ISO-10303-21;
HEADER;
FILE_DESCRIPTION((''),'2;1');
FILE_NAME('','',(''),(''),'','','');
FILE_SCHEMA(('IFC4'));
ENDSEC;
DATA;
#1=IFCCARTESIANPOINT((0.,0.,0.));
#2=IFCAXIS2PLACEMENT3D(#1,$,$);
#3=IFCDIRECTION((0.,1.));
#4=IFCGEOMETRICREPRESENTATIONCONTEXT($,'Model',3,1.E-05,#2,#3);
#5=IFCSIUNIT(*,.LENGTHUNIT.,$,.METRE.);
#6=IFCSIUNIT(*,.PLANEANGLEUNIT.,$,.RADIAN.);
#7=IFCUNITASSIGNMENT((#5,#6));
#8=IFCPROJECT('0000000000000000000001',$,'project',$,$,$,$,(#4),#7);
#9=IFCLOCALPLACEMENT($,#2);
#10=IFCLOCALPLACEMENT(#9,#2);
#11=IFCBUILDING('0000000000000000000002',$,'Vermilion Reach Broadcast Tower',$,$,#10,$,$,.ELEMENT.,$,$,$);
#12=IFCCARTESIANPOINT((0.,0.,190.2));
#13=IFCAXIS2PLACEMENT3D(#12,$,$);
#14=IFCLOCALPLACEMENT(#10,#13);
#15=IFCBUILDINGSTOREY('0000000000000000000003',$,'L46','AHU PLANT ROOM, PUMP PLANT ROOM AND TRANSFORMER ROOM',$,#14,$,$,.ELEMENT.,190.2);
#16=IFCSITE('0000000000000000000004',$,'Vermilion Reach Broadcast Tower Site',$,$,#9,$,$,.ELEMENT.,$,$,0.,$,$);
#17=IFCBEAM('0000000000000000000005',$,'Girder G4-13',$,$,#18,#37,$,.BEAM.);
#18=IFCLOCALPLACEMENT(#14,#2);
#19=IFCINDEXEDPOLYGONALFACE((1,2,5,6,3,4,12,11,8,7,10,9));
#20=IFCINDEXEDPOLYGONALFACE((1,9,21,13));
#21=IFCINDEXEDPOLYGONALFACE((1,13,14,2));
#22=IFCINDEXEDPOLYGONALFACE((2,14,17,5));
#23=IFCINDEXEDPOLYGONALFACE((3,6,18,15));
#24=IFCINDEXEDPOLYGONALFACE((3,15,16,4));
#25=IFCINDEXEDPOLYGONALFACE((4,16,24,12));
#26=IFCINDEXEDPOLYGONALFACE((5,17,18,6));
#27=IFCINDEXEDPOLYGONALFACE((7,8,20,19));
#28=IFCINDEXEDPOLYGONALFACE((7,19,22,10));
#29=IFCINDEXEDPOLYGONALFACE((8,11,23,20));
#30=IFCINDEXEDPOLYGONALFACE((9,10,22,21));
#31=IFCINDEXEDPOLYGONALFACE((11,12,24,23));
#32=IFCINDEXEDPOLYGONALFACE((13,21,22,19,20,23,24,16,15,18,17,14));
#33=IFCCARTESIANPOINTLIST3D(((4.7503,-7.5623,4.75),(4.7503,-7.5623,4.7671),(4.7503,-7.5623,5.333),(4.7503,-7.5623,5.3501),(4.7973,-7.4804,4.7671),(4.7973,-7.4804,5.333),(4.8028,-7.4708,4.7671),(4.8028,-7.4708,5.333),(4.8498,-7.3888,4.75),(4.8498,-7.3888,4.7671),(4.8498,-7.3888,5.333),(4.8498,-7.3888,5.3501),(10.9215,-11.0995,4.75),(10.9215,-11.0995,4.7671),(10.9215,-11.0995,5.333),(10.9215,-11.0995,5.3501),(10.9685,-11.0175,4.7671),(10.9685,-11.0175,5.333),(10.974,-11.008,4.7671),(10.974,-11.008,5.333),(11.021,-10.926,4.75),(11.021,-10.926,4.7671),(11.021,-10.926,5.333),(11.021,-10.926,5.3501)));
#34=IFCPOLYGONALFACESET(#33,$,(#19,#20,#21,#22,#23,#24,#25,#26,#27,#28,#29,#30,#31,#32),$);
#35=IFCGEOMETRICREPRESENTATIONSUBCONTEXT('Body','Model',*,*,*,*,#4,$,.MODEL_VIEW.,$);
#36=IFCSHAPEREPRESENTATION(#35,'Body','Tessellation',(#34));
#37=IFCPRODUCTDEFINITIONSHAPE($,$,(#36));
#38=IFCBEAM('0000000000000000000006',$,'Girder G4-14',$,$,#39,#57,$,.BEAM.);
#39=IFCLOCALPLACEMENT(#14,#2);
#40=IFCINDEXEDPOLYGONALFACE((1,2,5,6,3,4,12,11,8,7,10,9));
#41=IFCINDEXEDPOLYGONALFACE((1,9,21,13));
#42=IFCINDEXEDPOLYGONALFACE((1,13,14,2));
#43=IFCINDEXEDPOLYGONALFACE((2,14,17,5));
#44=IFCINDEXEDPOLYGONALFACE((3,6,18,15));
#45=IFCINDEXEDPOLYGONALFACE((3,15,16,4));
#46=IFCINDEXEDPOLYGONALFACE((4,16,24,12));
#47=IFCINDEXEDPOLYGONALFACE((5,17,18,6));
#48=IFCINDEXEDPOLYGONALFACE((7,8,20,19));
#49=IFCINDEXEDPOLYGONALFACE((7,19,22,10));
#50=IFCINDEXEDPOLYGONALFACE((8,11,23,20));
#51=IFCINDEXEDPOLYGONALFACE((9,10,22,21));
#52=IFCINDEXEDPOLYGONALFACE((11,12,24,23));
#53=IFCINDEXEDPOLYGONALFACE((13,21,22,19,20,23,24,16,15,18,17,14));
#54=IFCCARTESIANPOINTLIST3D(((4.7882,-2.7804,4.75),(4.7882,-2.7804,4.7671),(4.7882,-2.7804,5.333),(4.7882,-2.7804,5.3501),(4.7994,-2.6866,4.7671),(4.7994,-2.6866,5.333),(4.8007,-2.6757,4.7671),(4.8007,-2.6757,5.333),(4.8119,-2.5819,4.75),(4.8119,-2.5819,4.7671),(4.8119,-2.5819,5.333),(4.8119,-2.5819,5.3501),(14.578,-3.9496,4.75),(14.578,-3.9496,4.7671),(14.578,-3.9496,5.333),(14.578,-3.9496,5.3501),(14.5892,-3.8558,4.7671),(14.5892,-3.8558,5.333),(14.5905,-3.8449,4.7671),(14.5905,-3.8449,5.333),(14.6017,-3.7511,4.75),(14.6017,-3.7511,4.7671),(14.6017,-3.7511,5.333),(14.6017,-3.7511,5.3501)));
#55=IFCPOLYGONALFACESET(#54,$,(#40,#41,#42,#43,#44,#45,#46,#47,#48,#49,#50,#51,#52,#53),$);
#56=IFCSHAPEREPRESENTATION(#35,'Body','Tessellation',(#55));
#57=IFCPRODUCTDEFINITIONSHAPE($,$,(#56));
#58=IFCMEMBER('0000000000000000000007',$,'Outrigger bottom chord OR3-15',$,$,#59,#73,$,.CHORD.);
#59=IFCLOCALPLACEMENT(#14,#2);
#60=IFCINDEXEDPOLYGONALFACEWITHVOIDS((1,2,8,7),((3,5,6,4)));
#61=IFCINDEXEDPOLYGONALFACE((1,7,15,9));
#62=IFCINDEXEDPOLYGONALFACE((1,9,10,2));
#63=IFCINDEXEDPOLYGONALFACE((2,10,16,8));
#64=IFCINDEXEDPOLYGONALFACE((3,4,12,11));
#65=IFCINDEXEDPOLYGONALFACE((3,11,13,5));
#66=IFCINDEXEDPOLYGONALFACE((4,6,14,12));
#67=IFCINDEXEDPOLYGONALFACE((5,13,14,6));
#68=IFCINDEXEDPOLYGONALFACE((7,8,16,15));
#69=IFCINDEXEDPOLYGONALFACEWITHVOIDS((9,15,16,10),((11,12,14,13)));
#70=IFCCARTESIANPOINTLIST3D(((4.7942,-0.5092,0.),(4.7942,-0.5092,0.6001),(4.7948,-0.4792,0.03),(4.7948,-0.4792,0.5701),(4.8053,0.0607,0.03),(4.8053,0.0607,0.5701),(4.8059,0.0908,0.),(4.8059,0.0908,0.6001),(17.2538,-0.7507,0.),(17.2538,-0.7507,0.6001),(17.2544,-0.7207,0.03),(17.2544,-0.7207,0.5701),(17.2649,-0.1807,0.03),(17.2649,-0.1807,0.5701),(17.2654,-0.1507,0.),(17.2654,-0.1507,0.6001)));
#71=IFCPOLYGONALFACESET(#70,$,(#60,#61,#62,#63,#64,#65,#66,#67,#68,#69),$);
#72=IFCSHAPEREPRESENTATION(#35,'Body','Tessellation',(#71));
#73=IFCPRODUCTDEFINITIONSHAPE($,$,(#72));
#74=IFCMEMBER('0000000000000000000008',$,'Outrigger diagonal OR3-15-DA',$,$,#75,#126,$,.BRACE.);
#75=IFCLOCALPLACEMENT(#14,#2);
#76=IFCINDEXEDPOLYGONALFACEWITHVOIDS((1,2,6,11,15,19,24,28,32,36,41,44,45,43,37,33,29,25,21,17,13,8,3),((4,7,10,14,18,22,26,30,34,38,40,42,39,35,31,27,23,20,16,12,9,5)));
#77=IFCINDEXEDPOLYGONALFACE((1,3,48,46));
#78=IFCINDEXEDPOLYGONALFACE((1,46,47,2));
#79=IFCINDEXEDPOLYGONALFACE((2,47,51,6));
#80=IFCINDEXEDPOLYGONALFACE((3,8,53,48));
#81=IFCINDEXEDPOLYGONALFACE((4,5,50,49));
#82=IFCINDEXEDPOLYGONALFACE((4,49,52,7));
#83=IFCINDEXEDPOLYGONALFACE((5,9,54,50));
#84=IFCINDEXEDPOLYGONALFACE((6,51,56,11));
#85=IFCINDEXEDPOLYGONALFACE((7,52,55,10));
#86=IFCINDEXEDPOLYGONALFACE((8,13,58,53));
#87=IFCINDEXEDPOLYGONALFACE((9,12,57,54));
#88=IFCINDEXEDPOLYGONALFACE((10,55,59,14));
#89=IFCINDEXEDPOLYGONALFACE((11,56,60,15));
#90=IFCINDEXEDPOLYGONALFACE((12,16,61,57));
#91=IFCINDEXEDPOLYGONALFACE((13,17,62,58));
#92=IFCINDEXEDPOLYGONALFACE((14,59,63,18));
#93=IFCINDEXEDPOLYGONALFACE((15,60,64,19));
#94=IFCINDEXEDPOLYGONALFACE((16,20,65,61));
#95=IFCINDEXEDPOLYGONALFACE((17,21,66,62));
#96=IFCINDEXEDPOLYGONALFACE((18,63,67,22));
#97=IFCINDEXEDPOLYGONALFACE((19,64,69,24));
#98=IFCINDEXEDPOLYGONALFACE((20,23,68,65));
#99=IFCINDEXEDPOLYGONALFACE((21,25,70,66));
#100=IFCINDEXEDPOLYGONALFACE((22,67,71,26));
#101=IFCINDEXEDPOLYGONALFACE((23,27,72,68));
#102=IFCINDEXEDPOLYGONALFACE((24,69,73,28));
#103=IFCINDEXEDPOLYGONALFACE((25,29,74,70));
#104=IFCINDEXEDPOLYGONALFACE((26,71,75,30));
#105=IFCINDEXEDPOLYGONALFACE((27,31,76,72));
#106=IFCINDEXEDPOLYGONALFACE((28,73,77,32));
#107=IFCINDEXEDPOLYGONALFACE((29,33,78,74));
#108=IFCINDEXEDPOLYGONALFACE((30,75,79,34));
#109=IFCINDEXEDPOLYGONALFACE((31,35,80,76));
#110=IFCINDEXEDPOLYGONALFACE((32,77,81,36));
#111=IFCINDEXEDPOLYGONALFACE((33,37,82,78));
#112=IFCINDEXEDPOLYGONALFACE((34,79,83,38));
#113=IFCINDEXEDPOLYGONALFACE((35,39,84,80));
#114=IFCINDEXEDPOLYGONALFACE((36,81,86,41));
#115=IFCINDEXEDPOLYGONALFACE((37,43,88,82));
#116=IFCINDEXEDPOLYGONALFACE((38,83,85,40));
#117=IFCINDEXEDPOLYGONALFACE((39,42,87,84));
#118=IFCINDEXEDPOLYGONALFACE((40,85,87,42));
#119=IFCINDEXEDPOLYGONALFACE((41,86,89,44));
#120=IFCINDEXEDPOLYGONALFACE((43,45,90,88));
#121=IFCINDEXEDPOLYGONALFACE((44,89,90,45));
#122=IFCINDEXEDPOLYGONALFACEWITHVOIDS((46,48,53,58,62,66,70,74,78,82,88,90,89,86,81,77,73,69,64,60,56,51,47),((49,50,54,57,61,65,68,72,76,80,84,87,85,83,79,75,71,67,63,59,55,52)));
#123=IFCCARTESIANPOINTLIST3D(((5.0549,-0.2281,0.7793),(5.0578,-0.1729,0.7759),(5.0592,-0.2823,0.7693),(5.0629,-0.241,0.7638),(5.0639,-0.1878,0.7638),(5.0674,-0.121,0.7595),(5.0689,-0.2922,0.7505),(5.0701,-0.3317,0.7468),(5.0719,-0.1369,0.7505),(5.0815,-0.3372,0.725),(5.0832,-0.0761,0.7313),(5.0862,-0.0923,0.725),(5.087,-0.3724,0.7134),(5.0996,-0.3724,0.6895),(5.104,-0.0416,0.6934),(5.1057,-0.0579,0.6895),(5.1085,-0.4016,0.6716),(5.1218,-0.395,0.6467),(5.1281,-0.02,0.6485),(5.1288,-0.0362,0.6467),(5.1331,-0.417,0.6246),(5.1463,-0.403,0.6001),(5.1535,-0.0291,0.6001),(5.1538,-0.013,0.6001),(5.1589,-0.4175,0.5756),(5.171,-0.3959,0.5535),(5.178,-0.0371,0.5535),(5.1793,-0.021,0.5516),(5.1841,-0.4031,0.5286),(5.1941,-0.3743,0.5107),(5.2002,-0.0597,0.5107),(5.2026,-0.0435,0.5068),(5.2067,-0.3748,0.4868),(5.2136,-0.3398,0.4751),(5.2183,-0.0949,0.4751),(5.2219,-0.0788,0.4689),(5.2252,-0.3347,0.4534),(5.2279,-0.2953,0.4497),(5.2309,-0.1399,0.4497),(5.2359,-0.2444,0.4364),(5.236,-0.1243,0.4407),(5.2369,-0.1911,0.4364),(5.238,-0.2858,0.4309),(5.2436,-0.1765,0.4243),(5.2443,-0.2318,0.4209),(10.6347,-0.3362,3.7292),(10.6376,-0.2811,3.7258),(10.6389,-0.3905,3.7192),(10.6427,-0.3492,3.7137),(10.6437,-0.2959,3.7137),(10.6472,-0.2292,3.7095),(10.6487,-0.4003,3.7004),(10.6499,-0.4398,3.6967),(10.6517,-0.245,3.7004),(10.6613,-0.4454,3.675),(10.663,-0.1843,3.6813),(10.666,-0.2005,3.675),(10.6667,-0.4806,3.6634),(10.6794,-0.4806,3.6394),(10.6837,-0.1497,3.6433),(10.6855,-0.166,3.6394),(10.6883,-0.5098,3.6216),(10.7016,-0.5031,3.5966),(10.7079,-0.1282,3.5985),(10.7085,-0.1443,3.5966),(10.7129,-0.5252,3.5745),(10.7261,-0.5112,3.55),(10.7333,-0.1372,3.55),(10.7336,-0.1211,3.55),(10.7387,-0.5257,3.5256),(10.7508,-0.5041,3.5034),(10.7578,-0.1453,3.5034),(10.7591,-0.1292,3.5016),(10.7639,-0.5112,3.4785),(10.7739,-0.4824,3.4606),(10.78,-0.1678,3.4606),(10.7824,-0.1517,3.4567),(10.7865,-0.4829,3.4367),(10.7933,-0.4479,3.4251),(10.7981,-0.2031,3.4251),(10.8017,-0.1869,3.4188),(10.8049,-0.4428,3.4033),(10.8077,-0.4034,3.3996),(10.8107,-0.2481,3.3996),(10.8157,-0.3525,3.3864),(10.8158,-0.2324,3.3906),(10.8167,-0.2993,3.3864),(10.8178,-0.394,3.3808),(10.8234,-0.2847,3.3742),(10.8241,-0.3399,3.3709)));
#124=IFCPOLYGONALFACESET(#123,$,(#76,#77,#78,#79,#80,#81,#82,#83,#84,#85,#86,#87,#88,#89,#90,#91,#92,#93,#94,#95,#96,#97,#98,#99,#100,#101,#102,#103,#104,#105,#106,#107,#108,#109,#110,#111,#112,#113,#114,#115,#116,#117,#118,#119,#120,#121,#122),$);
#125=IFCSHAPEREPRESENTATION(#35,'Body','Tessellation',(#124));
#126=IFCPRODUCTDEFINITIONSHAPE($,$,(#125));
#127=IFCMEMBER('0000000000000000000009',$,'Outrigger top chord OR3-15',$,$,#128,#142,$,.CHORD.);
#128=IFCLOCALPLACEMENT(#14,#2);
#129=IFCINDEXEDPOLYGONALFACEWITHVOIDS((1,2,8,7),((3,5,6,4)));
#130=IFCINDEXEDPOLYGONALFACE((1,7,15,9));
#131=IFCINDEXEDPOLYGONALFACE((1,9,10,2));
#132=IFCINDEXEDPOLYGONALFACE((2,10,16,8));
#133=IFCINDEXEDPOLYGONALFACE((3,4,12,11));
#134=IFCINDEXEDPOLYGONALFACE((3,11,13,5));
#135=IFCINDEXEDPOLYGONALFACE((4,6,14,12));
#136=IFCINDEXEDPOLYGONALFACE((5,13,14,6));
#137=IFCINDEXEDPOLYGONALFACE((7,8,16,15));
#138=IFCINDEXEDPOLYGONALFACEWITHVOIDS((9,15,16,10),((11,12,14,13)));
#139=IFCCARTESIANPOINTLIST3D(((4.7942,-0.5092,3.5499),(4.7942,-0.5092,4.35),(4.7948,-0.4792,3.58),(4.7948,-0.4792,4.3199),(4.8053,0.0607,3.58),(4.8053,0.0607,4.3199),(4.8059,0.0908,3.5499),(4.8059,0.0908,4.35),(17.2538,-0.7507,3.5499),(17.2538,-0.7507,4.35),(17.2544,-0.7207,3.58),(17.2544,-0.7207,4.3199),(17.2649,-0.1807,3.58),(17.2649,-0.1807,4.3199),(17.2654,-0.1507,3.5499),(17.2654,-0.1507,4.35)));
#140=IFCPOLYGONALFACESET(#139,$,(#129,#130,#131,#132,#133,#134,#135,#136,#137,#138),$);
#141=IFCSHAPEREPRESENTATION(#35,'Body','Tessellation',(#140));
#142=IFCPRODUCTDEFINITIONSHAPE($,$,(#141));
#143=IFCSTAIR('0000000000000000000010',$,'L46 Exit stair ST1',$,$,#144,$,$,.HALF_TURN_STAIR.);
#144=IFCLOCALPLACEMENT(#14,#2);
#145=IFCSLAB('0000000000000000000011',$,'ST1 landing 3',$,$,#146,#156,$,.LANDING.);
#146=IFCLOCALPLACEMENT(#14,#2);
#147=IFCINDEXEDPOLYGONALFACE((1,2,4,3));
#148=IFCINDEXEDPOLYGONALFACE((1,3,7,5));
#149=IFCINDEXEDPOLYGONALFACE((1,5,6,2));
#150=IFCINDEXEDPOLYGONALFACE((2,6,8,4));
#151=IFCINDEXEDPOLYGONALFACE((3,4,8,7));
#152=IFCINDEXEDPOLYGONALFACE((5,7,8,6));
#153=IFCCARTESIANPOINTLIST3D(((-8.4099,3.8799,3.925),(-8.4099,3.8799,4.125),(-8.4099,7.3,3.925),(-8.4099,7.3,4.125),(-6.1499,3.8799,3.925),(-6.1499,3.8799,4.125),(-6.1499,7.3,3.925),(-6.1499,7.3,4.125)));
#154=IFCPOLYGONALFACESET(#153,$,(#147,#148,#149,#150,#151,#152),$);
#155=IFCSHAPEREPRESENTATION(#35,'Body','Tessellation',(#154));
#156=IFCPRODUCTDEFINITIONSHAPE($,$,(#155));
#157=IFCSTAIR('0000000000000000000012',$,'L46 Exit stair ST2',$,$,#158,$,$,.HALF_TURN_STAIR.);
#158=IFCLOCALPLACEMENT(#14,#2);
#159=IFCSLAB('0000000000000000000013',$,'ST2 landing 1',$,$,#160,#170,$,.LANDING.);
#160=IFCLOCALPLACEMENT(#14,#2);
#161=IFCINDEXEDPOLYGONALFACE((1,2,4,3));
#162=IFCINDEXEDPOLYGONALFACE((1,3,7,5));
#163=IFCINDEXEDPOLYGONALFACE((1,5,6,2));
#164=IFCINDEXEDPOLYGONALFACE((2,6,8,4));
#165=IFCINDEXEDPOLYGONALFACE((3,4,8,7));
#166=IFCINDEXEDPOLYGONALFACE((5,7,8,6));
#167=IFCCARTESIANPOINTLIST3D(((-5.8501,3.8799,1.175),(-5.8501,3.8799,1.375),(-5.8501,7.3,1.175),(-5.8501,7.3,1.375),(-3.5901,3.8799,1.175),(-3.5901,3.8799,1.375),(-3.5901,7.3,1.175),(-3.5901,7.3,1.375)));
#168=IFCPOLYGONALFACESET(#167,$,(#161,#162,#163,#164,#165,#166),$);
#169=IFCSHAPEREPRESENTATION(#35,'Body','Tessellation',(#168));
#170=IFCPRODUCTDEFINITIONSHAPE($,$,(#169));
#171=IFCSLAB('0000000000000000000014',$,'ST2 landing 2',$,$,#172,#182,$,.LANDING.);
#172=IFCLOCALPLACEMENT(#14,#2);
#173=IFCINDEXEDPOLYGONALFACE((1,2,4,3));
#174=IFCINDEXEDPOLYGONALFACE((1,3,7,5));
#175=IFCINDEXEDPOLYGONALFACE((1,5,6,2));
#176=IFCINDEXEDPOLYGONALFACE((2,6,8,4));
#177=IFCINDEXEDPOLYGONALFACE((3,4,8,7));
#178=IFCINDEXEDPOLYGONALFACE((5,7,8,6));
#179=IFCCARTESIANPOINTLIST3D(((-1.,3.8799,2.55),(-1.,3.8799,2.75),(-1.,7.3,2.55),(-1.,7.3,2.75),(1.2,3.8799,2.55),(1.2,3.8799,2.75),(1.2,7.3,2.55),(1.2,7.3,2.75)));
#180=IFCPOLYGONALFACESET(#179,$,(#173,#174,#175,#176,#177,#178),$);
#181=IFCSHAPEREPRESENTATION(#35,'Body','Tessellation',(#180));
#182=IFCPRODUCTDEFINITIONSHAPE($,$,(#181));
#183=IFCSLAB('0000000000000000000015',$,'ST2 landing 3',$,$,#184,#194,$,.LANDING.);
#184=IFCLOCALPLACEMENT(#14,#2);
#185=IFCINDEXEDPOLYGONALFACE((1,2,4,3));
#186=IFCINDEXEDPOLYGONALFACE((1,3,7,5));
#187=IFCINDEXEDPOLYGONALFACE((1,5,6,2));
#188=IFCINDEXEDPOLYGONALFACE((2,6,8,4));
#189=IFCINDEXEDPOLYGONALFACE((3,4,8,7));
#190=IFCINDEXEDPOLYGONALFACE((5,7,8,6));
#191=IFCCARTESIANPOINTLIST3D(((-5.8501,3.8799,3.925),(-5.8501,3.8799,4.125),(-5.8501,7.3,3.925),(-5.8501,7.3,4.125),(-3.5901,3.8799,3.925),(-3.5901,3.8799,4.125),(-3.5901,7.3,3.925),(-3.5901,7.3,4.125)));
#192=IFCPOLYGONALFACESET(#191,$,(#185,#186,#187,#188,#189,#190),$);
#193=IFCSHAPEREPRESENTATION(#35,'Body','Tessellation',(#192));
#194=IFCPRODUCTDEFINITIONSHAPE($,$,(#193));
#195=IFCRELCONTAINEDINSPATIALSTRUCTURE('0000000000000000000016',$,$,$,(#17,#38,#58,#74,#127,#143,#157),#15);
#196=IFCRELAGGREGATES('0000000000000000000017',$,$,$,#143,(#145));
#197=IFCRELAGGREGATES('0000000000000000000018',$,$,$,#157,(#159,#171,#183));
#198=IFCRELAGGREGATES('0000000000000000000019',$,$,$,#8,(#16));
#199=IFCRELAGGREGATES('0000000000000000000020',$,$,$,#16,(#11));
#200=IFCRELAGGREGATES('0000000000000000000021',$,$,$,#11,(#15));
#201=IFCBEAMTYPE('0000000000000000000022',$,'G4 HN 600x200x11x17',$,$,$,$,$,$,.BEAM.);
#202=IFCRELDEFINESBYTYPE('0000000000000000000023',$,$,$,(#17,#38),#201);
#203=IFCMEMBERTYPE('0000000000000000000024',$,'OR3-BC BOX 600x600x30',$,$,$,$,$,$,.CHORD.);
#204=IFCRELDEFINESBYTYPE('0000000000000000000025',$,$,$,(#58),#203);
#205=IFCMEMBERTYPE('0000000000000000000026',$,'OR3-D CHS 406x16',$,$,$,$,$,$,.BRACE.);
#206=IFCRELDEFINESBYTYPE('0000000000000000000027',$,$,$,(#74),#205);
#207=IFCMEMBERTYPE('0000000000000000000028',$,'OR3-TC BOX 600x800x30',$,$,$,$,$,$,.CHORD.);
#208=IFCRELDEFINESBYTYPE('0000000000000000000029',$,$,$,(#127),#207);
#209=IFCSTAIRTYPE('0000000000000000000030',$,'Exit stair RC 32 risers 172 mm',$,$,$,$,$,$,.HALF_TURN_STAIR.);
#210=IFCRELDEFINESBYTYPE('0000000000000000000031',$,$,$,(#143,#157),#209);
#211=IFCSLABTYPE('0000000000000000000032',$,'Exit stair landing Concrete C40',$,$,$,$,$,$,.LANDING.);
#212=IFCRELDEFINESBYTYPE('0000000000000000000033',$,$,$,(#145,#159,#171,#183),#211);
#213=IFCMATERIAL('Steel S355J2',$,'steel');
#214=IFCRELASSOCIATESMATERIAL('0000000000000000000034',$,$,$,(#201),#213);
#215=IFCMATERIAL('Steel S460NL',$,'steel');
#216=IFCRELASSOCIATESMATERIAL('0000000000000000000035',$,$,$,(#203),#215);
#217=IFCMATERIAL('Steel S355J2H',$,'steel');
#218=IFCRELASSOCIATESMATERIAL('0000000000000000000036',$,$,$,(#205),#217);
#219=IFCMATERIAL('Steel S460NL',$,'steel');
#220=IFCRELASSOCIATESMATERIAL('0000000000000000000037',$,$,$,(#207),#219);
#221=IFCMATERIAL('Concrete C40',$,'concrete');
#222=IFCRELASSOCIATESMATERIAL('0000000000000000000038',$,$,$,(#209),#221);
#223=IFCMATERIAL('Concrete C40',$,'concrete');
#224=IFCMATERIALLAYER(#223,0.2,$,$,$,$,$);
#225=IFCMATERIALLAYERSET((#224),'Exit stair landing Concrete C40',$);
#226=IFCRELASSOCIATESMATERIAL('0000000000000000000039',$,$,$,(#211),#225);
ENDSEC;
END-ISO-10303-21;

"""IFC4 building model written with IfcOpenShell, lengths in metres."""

from ifc_helpers import new_model, si_unit, direction, frame, origin, origin_2d, place, context, subcontext, project, spatial, polyline, hollow_rectangle, hollow_circle, i_section, outline, extrude, material, layer, layer_set, material_profile, profile_set, type_object, element, aggregate, save


model = new_model("IFC4")

# Units and contexts
model_context = context("Model", 3, precision=1e-05, world=origin(), true_north=direction((0.0, 1.0)))
body_context = subcontext(model_context, "Body", "Model", "MODEL_VIEW")
ifc_project = project(units=[si_unit("LENGTHUNIT", "METRE"), si_unit("PLANEANGLEUNIT", "RADIAN")], contexts=[model_context])

# Site, building, storey
site_placement = place(None, origin())
site = spatial("IfcSite", under=ifc_project, at=site_placement, Name="Vermilion Reach Broadcast Tower Site", CompositionType="ELEMENT", RefElevation=0.0)
building_placement = place(site_placement, origin())
building = spatial("IfcBuilding", under=site, at=building_placement, Name="Vermilion Reach Broadcast Tower", CompositionType="ELEMENT")
storey_placement = place(building_placement, frame((0.0, 0.0, 190.2)))
storey = spatial("IfcBuildingStorey", under=building, at=storey_placement, Name="L46", Description="AHU PLANT ROOM, PUMP PLANT ROOM AND TRANSFORMER ROOM", CompositionType="ELEMENT", Elevation=190.2)

# Beams
ifc_material_1 = material(Name="Steel S355J2", Category="steel")
ifc_material_profile_1 = material_profile(ifc_material_1, i_section(OverallWidth=0.2, OverallDepth=0.6001, WebThickness=0.011, FlangeThickness=0.0171, at=origin_2d()), Name="S355J2 HN 600x200x11x17")
ifc_profile_set_1 = profile_set([ifc_material_profile_1], Name="Steel S355J2")
beam_type = type_object("IfcBeamType", Name="G4 HN 600x200x11x17", PredefinedType="BEAM", material=ifc_profile_set_1)
beam_1_placement = place(storey_placement, frame((4.8, -7.4756, 5.05), z_axis=(0.867592, -0.497277, 0.0), x_axis=(0.497277, 0.867592, 0.0)))
element("IfcBeam", 1, at=beam_1_placement, inside=storey, type_object=beam_type, Name="Girder G4-13", PredefinedType="BEAM", context=body_context, shape_type="SweptSolid", body=[
    extrude(i_section(OverallWidth=0.2, OverallDepth=0.6001, WebThickness=0.011, FlangeThickness=0.0171, at=origin_2d()), origin(), (0.0, 0.0, 1.0), 7.113),
])
beam_2_placement = place(storey_placement, frame((4.8, -2.6812, 5.05), z_axis=(0.992944, -0.118587, 0.0), x_axis=(0.118587, 0.992944, 0.0)))
element("IfcBeam", 2, at=beam_2_placement, inside=storey, type_object=beam_type, Name="Girder G4-14", PredefinedType="BEAM", context=body_context, shape_type="SweptSolid", body=[
    extrude(i_section(OverallWidth=0.2, OverallDepth=0.6001, WebThickness=0.011, FlangeThickness=0.0171, at=origin_2d()), origin(), (0.0, 0.0, 1.0), 9.8594),
])

# Members
ifc_material_2 = material(Name="Steel S460NL", Category="steel")
ifc_material_profile_2 = material_profile(ifc_material_2, hollow_rectangle(XDim=0.6001, YDim=0.6001, WallThickness=0.03, at=origin_2d()), Name="S460NL BOX 600x600x30")
ifc_profile_set_2 = profile_set([ifc_material_profile_2], Name="Steel S460NL")
member_type_1 = type_object("IfcMemberType", Name="OR3-BC BOX 600x600x30", PredefinedType="CHORD", material=ifc_profile_set_2)
member_1_placement = place(storey_placement, frame((4.8, -0.2092, 0.3), z_axis=(0.999812, -0.019376, 0.0), x_axis=(0.019376, 0.999812, 0.0)))
element("IfcMember", 3, at=member_1_placement, inside=storey, type_object=member_type_1, Name="Outrigger bottom chord OR3-15", PredefinedType="CHORD", context=body_context, shape_type="SweptSolid", body=[
    extrude(hollow_rectangle(XDim=0.6001, YDim=0.6001, WallThickness=0.03, at=origin_2d()), origin(), (0.0, 0.0, 1.0), 12.4619),
])
ifc_material_3 = material(Name="Steel S355J2H", Category="steel")
ifc_material_profile_3 = material_profile(ifc_material_3, hollow_circle(Radius=0.2031, WallThickness=0.0161, at=origin_2d()), Name="S355J2H CHS 406x16")
ifc_profile_set_3 = profile_set([ifc_material_profile_3], Name="Steel S355J2H")
member_type_2 = type_object("IfcMemberType", Name="OR3-D CHS 406x16", PredefinedType="BRACE", material=ifc_profile_set_3)
member_2_placement = place(storey_placement, frame((5.1499, -0.2161, 0.6001), z_axis=(0.883925, -0.017133, 0.467314), x_axis=(0.019379, 0.999812, 0.0)))
element("IfcMember", 4, at=member_2_placement, inside=storey, type_object=member_type_2, Name="Outrigger diagonal OR3-15-DA", PredefinedType="BRACE", context=body_context, shape_type="SweptSolid", body=[
    extrude(hollow_circle(Radius=0.2031, WallThickness=0.0161, at=origin_2d()), origin(), (0.0, 0.0, 1.0), 6.3125),
])
ifc_material_4 = material(Name="Steel S460NL", Category="steel")
ifc_material_profile_4 = material_profile(ifc_material_4, hollow_rectangle(XDim=0.6001, YDim=0.8, WallThickness=0.03, at=origin_2d()), Name="S460NL BOX 600x800x30")
ifc_profile_set_4 = profile_set([ifc_material_profile_4], Name="Steel S460NL")
member_type_3 = type_object("IfcMemberType", Name="OR3-TC BOX 600x800x30", PredefinedType="CHORD", material=ifc_profile_set_4)
member_3_placement = place(storey_placement, frame((4.8, -0.2092, 3.95), z_axis=(0.999812, -0.019376, 0.0), x_axis=(0.019376, 0.999812, 0.0)))
element("IfcMember", 5, at=member_3_placement, inside=storey, type_object=member_type_3, Name="Outrigger top chord OR3-15", PredefinedType="CHORD", context=body_context, shape_type="SweptSolid", body=[
    extrude(hollow_rectangle(XDim=0.6001, YDim=0.8, WallThickness=0.03, at=origin_2d()), origin(), (0.0, 0.0, 1.0), 12.4619),
])

# Stair, slab
ifc_material_5 = material(Name="Concrete C40", Category="concrete")
stair_type = type_object("IfcStairType", Name="Exit stair RC 32 risers 172 mm", PredefinedType="HALF_TURN_STAIR", material=ifc_material_5)
placement_1 = place(storey_placement, origin())
stair_1 = element("IfcStair", 6, at=placement_1, inside=storey, type_object=stair_type, Name="L46 Exit stair ST1", PredefinedType="HALF_TURN_STAIR")
ifc_material_6 = material(Name="Concrete C40", Category="concrete")
ifc_layer_1 = layer(ifc_material_6, 0.2)
ifc_layer_set_1 = layer_set([ifc_layer_1], Name="Exit stair landing Concrete C40")
slab_type = type_object("IfcSlabType", Name="Exit stair landing Concrete C40", PredefinedType="LANDING", material=ifc_layer_set_1)
placement_2 = place(storey_placement, frame((0.0, 0.0, 3.925)))
slab_1 = element("IfcSlab", 7, at=placement_2, type_object=slab_type, Name="ST1 landing 3", PredefinedType="LANDING", context=body_context, shape_type="SweptSolid", body=[
    extrude(outline(polyline([(-8.4099, 3.8799), (-6.1499, 3.8799), (-6.1499, 7.3), (-8.4099, 7.3), (-8.4099, 3.8799)])), origin(), (0.0, 0.0, 1.0), 0.2),
])
aggregate(stair_1, [slab_1])

# Stair, slabs
stair_2 = element("IfcStair", 8, at=placement_1, inside=storey, type_object=stair_type, Name="L46 Exit stair ST2", PredefinedType="HALF_TURN_STAIR")
placement_3 = place(storey_placement, frame((0.0, 0.0, 1.175)))
slab_2 = element("IfcSlab", 9, at=placement_3, type_object=slab_type, Name="ST2 landing 1", PredefinedType="LANDING", context=body_context, shape_type="SweptSolid", body=[
    extrude(outline(polyline([(-3.5901, 7.3), (-5.8501, 7.3), (-5.8501, 3.8799), (-3.5901, 3.8799), (-3.5901, 7.3)])), origin(), (0.0, 0.0, 1.0), 0.2),
])
placement_4 = place(storey_placement, frame((0.0, 0.0, 2.55)))
slab_3 = element("IfcSlab", 10, at=placement_4, type_object=slab_type, Name="ST2 landing 2", PredefinedType="LANDING", context=body_context, shape_type="SweptSolid", body=[
    extrude(outline(polyline([(1.2, 7.3), (-1.0, 7.3), (-1.0, 3.8799), (1.2, 3.8799), (1.2, 7.3)])), origin(), (0.0, 0.0, 1.0), 0.2),
])
slab_4 = element("IfcSlab", 11, at=placement_2, type_object=slab_type, Name="ST2 landing 3", PredefinedType="LANDING", context=body_context, shape_type="SweptSolid", body=[
    extrude(outline(polyline([(-3.5901, 7.3), (-5.8501, 7.3), (-5.8501, 3.8799), (-3.5901, 3.8799), (-3.5901, 7.3)])), origin(), (0.0, 0.0, 1.0), 0.2),
])
aggregate(stair_2, [slab_2, slab_3, slab_4])

save(model, "model.ifc")
